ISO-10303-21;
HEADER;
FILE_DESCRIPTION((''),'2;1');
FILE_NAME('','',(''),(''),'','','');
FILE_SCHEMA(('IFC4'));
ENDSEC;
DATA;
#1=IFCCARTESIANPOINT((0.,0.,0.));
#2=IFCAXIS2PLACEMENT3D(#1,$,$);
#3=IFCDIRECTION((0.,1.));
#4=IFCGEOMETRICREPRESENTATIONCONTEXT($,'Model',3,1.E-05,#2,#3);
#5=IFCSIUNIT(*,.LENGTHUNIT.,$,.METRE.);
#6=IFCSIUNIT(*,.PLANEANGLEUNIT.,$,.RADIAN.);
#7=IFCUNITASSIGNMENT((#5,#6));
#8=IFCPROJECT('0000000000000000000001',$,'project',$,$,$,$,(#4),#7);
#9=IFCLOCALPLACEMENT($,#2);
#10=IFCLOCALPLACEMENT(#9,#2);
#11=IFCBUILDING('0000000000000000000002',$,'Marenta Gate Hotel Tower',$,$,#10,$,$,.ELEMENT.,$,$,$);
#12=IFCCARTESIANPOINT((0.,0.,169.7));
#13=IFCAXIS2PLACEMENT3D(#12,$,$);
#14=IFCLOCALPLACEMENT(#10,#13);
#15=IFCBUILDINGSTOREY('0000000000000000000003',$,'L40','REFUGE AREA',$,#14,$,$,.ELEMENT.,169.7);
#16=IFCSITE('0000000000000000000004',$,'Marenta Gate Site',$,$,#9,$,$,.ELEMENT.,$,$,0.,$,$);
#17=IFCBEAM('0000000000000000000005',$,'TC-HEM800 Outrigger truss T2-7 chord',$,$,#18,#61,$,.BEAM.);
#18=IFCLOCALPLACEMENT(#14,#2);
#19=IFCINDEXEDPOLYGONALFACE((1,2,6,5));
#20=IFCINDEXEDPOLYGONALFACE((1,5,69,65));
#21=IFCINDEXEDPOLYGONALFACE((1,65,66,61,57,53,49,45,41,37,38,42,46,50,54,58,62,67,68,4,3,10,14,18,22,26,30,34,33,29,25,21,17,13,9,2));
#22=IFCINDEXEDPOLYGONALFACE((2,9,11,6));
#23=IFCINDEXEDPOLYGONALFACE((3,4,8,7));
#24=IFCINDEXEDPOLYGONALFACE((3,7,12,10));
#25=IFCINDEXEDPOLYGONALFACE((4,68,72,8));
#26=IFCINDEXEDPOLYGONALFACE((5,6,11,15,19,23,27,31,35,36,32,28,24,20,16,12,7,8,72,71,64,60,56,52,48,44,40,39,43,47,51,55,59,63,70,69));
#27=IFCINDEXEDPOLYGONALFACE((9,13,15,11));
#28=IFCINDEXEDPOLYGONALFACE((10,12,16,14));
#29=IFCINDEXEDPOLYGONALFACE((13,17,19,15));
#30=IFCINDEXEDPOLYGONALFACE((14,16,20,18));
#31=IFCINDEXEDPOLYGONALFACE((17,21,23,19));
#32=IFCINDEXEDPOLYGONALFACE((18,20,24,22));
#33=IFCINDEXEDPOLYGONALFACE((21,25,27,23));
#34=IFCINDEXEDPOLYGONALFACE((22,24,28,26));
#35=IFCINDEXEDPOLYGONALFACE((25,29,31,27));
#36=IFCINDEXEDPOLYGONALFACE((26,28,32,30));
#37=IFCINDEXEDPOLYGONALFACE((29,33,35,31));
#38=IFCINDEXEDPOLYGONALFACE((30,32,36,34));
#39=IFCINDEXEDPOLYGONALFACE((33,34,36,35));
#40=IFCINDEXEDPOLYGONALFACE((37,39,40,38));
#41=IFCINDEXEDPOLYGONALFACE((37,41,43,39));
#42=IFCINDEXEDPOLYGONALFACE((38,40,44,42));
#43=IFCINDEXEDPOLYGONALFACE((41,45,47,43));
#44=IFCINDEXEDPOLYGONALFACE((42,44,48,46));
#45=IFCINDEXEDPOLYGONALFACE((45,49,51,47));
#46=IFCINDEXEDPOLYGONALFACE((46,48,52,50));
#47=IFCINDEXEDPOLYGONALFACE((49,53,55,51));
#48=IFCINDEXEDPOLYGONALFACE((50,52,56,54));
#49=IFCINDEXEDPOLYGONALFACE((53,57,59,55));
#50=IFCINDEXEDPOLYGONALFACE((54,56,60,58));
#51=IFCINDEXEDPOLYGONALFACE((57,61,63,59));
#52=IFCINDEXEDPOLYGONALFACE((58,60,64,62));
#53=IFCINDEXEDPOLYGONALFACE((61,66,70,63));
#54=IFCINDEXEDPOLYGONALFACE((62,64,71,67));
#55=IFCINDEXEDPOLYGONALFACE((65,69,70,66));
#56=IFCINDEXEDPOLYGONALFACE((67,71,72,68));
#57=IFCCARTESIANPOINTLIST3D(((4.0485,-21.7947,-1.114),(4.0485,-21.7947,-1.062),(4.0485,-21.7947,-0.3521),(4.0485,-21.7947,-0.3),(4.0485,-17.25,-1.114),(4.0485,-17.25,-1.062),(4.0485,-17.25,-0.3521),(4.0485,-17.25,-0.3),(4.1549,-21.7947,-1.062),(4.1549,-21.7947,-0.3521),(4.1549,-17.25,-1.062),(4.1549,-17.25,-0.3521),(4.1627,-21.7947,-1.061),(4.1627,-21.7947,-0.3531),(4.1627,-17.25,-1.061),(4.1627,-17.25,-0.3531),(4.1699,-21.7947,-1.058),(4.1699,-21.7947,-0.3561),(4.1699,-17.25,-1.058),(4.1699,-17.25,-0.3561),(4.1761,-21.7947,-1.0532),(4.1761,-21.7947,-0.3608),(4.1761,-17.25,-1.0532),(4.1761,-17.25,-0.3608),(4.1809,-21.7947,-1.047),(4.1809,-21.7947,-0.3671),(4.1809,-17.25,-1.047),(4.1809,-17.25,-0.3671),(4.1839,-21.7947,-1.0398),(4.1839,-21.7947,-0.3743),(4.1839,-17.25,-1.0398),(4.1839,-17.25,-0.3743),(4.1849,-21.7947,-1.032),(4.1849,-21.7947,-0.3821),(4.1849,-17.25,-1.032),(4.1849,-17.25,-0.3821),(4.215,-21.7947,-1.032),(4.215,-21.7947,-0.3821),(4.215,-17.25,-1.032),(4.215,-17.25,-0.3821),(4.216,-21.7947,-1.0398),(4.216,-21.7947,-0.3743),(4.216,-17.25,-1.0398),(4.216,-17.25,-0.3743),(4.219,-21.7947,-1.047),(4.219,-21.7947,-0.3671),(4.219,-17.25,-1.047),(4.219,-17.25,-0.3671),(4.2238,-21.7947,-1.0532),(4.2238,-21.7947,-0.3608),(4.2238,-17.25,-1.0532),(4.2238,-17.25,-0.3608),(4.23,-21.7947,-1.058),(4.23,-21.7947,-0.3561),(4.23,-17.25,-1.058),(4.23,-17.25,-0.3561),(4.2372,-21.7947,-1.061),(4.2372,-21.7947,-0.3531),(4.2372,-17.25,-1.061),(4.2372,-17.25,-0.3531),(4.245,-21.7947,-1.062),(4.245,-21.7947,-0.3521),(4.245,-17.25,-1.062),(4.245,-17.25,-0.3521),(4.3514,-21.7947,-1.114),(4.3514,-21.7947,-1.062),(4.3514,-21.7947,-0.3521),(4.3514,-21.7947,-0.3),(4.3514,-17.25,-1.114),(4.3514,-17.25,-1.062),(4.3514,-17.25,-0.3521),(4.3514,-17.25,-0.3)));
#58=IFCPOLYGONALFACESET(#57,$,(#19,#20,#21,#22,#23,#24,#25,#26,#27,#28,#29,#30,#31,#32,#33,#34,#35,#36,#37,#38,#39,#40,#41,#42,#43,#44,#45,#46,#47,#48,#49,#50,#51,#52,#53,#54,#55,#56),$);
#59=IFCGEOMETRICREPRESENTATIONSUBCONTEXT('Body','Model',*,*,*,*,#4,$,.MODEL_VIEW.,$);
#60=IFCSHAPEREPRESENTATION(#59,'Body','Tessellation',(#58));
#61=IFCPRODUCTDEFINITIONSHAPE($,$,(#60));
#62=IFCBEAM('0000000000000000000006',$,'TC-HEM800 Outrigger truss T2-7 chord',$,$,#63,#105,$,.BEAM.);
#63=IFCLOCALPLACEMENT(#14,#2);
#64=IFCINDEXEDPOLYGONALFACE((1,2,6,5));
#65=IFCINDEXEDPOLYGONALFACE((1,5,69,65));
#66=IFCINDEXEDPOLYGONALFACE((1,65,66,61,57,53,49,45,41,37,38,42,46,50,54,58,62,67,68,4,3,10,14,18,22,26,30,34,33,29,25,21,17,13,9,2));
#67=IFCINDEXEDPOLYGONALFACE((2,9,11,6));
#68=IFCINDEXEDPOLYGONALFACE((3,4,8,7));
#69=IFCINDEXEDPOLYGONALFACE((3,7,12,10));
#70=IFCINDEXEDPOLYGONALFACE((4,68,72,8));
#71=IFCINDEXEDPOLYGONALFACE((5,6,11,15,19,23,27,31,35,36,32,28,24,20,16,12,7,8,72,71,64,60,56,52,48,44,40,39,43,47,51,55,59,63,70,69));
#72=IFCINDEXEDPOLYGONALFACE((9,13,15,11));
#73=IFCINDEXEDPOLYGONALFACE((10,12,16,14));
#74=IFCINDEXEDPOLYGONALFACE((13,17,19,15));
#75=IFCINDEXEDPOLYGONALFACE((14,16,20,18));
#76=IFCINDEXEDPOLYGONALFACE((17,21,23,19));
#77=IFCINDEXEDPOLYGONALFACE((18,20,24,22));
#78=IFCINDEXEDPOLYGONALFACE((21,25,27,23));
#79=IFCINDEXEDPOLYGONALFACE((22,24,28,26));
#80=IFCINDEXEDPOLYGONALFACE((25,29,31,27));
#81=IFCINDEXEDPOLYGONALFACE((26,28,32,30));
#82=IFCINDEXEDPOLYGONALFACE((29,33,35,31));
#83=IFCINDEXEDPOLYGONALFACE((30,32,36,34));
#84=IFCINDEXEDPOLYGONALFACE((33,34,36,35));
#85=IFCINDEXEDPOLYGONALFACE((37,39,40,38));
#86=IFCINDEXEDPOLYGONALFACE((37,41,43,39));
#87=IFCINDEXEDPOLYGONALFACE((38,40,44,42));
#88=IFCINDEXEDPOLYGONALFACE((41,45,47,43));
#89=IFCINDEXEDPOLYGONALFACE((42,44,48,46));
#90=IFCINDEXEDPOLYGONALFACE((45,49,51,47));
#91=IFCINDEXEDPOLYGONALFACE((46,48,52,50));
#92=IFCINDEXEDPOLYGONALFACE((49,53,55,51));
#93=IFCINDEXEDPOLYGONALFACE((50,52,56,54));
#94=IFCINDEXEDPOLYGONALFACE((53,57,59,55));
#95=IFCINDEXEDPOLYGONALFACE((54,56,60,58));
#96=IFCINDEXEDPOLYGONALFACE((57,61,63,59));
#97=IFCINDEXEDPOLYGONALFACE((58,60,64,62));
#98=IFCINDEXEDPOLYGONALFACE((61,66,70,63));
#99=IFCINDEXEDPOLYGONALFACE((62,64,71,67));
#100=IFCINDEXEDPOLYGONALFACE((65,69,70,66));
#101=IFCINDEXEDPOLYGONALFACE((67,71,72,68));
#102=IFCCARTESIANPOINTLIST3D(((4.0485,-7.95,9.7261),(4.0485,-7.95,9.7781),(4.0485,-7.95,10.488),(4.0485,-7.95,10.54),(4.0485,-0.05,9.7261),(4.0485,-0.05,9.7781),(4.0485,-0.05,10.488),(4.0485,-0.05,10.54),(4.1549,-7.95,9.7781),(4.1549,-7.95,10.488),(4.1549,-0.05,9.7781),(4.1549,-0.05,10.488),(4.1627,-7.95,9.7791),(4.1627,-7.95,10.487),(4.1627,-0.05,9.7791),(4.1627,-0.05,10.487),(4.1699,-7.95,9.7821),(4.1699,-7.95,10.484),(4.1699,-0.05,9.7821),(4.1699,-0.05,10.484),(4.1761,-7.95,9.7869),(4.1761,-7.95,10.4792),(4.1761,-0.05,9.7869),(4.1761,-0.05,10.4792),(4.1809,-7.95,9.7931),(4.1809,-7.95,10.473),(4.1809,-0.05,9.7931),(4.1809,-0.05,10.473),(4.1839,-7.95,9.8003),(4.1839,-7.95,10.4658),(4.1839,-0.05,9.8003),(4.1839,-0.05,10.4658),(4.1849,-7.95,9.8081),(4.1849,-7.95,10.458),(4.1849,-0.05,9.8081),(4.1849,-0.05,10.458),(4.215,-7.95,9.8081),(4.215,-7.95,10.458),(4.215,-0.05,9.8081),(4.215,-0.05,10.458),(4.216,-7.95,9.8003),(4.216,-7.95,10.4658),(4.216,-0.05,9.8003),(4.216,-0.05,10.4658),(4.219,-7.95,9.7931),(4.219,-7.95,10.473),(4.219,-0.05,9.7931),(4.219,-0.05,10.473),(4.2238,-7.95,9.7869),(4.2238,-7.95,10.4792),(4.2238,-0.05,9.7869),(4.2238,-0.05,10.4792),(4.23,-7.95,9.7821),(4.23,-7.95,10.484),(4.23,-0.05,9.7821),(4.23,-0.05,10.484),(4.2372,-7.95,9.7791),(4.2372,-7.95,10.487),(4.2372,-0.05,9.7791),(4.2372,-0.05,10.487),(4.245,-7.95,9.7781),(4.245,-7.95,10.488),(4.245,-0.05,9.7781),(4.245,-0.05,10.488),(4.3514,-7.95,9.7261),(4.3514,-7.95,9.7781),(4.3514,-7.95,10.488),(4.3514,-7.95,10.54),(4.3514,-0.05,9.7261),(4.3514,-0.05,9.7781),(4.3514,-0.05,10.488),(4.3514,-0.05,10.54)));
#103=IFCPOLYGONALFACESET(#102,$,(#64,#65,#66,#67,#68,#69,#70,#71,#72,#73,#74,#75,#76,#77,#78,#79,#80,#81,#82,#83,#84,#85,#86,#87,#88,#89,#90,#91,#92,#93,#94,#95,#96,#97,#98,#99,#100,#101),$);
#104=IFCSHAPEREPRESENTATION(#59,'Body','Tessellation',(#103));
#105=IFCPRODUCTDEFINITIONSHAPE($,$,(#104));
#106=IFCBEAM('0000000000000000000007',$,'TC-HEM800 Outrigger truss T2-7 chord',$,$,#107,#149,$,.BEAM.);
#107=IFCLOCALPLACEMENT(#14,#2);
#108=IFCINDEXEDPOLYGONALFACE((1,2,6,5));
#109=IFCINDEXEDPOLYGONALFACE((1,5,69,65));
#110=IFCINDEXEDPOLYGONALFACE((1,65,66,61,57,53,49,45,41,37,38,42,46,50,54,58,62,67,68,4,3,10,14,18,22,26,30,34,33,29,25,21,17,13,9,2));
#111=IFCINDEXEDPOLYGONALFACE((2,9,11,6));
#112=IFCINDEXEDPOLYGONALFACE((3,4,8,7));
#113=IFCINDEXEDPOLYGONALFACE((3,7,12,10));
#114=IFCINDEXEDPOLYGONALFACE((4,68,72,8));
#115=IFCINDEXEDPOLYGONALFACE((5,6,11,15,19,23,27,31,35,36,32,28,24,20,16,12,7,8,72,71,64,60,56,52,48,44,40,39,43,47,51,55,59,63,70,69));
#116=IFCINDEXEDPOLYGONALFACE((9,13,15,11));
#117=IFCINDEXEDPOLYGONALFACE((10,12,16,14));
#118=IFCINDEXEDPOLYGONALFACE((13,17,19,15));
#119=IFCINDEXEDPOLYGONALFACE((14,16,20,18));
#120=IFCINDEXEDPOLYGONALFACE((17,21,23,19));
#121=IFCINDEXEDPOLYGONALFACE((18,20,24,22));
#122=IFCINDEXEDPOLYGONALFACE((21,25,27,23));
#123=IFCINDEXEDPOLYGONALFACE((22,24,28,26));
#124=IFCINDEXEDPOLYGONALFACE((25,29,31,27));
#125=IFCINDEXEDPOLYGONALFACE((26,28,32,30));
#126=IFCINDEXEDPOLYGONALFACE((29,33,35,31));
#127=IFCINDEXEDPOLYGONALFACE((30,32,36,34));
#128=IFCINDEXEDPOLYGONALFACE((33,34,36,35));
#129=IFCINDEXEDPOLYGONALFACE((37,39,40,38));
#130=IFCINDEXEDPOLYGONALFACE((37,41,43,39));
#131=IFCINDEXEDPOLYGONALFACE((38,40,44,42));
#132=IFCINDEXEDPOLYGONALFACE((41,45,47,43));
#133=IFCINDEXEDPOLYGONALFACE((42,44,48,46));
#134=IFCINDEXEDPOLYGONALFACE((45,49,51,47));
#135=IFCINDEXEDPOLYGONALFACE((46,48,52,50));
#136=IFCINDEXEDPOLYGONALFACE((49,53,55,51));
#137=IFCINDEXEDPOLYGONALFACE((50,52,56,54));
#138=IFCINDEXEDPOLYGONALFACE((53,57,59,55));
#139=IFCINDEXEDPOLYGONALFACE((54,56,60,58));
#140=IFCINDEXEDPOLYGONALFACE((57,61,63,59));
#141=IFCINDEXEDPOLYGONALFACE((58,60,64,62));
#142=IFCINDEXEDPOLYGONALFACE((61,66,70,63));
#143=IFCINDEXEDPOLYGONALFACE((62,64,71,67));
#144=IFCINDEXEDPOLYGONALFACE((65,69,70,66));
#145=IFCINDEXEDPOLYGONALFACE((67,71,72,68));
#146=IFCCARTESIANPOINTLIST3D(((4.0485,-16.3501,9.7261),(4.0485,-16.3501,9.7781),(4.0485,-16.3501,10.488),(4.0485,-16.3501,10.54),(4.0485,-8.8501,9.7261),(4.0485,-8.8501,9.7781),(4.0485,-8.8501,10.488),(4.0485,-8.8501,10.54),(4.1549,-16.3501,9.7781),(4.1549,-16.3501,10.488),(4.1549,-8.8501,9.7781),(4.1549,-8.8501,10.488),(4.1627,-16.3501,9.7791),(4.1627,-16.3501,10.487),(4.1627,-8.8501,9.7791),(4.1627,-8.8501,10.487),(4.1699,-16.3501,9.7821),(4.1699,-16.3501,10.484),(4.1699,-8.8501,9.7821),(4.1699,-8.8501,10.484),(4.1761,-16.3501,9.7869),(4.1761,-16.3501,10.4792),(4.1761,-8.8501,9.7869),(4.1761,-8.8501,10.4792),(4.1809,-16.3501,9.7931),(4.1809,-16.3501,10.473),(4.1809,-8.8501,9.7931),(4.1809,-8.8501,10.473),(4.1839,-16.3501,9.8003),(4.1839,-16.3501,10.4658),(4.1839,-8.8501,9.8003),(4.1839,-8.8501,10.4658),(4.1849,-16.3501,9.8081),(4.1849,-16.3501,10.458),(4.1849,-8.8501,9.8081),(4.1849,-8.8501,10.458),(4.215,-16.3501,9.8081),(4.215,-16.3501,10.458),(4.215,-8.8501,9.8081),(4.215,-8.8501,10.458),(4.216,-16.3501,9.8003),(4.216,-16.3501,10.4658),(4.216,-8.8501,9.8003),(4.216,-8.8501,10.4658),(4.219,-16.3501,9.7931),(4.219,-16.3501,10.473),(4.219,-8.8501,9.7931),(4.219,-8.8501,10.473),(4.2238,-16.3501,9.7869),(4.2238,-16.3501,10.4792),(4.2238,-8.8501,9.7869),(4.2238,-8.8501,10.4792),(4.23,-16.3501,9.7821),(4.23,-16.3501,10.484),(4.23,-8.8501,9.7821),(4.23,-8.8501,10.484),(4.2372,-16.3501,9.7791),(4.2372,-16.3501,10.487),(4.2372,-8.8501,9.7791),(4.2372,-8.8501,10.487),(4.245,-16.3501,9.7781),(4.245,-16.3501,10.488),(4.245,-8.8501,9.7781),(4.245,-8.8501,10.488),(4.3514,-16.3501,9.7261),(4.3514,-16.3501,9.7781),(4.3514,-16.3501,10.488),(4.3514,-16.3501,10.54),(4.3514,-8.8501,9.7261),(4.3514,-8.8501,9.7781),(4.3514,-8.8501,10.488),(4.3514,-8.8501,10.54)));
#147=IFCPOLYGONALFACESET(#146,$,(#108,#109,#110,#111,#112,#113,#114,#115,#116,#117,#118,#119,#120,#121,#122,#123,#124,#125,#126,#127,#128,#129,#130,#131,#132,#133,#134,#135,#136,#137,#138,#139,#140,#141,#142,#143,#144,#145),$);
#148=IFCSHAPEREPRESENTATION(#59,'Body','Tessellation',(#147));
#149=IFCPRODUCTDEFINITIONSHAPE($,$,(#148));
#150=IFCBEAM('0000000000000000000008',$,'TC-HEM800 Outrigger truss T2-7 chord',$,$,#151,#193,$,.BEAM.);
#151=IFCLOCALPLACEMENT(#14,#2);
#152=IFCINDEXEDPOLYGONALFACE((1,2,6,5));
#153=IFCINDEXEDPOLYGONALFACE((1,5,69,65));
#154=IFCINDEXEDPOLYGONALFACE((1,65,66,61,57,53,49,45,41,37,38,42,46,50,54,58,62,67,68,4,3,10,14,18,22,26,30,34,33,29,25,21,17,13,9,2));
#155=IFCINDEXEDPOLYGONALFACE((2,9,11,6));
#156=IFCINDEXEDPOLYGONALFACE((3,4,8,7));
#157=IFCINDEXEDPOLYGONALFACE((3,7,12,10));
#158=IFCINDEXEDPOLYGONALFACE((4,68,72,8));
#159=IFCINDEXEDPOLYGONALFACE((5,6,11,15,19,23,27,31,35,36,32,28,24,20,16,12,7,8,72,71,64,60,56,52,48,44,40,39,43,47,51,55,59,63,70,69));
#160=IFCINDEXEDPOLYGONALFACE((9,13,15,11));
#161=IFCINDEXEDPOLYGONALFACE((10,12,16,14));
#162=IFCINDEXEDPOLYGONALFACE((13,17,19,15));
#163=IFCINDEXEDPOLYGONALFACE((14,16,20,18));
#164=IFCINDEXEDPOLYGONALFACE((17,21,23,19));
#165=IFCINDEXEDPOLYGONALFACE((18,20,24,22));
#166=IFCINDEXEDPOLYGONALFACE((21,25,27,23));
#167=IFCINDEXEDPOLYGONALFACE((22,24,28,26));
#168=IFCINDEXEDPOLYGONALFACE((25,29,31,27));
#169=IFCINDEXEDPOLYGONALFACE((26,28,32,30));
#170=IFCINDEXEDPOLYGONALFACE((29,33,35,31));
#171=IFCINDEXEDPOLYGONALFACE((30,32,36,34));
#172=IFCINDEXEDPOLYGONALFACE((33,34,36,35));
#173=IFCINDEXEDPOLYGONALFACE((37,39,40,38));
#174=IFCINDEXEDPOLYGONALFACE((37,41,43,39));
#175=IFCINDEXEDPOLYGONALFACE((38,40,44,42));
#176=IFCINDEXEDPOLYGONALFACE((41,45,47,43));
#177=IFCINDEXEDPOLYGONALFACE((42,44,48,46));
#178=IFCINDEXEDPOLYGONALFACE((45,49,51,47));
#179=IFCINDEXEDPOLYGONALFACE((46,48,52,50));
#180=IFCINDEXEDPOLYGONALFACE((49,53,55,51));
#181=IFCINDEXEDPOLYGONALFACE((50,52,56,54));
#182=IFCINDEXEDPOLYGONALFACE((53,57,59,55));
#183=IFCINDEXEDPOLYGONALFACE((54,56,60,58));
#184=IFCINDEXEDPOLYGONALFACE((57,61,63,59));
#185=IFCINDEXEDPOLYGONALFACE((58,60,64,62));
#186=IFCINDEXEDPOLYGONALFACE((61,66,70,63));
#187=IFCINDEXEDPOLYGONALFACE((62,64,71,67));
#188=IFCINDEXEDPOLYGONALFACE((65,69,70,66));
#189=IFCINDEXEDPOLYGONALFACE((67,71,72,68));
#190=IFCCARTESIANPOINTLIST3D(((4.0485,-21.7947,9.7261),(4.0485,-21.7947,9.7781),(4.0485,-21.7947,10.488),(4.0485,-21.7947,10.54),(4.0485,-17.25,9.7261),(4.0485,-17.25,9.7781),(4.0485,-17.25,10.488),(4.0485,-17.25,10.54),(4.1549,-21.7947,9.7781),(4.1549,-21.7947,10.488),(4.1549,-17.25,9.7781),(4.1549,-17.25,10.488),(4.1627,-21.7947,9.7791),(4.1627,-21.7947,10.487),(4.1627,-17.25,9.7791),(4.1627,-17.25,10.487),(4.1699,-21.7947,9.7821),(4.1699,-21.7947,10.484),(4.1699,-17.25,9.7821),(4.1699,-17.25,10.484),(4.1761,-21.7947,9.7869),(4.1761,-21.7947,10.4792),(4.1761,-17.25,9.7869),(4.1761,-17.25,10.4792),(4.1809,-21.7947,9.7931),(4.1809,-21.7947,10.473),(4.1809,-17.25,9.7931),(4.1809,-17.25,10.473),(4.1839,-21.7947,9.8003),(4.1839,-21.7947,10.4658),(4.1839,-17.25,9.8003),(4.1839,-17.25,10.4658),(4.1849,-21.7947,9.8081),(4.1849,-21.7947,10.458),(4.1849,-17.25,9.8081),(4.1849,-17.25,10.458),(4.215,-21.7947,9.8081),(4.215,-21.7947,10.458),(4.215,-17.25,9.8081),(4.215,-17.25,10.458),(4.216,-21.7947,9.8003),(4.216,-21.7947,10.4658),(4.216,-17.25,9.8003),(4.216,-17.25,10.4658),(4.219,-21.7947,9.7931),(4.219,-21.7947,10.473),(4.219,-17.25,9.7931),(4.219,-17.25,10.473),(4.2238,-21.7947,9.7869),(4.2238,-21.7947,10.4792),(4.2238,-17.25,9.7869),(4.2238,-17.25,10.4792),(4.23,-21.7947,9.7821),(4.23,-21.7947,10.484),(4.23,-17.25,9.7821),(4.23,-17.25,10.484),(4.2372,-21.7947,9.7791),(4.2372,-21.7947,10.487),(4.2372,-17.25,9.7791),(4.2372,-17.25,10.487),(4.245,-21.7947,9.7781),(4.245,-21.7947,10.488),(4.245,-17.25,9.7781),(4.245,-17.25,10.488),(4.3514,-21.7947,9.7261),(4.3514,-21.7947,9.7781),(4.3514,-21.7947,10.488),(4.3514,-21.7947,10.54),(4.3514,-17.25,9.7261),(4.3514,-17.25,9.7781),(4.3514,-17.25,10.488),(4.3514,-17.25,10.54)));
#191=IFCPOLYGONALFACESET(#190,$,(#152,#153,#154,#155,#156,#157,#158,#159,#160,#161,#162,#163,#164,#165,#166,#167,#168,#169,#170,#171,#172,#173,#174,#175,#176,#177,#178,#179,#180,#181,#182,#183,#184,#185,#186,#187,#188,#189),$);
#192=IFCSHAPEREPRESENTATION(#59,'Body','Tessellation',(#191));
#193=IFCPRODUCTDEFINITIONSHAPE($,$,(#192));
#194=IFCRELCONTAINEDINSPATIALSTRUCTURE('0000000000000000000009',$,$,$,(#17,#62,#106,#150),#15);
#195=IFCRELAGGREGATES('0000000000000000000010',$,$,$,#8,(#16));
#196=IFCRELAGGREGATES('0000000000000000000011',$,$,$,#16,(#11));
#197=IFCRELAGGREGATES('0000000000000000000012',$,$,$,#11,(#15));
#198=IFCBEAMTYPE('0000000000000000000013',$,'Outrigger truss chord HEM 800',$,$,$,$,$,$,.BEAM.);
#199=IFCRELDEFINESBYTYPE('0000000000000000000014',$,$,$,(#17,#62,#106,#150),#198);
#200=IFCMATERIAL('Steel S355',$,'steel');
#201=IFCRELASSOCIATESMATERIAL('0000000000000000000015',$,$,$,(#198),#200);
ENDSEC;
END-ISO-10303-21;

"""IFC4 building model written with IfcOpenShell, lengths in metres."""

from ifc_helpers import new_model, si_unit, direction, frame, origin, origin_2d, place, context, subcontext, project, spatial, i_section, extrude, material, material_profile, profile_set, type_object, element, save


model = new_model("IFC4")

# Units and contexts
model_context = context("Model", 3, precision=1e-05, world=origin(), true_north=direction((0.0, 1.0)))
body_context = subcontext(model_context, "Body", "Model", "MODEL_VIEW")
ifc_project = project(units=[si_unit("LENGTHUNIT", "METRE"), si_unit("PLANEANGLEUNIT", "RADIAN")], contexts=[model_context])

# Site, building, storey
site_placement = place(None, origin())
site = spatial("IfcSite", under=ifc_project, at=site_placement, Name="Marenta Gate Site", CompositionType="ELEMENT", RefElevation=0.0)
building_placement = place(site_placement, origin())
building = spatial("IfcBuilding", under=site, at=building_placement, Name="Marenta Gate Hotel Tower", CompositionType="ELEMENT")
storey_placement = place(building_placement, frame((0.0, 0.0, 169.7)))
storey = spatial("IfcBuildingStorey", under=building, at=storey_placement, Name="L40", Description="REFUGE AREA", CompositionType="ELEMENT", Elevation=169.7)

# Beams
ifc_material_1 = material(Name="Steel S355", Category="steel")
ifc_material_profile_1 = material_profile(ifc_material_1, i_section(OverallWidth=0.303, OverallDepth=0.814, WebThickness=0.03, FlangeThickness=0.052, FilletRadius=0.03, at=origin_2d()), Name="HEM 800")
ifc_profile_set_1 = profile_set([ifc_material_profile_1], Name="Steel S355")
beam_type_1 = type_object("IfcBeamType", Name="Outrigger truss chord HEM 800", PredefinedType="BEAM", material=ifc_profile_set_1)
beam_1_placement = place(storey_placement, frame((4.2, -17.25, -0.707), z_axis=(0.0, -1.0, 0.0), x_axis=(1.0, 0.0, 0.0)))
element("IfcBeam", 1, at=beam_1_placement, inside=storey, type_object=beam_type_1, Name="TC-HEM800 Outrigger truss T2-7 chord", PredefinedType="BEAM", context=body_context, shape_type="SweptSolid", body=[
    extrude(i_section(OverallWidth=0.303, OverallDepth=0.814, WebThickness=0.03, FlangeThickness=0.052, FilletRadius=0.03, at=origin_2d()), origin(), (0.0, 0.0, 1.0), 4.5447),
])
beam_2_placement = place(storey_placement, frame((4.2, -0.05, 10.1331), z_axis=(0.0, -1.0, 0.0), x_axis=(1.0, 0.0, 0.0)))
element("IfcBeam", 2, at=beam_2_placement, inside=storey, type_object=beam_type_1, Name="TC-HEM800 Outrigger truss T2-7 chord", PredefinedType="BEAM", context=body_context, shape_type="SweptSolid", body=[
    extrude(i_section(OverallWidth=0.303, OverallDepth=0.814, WebThickness=0.03, FlangeThickness=0.052, FilletRadius=0.03, at=origin_2d()), origin(), (0.0, 0.0, 1.0), 7.8999),
])
beam_3_placement = place(storey_placement, frame((4.2, -8.8501, 10.1331), z_axis=(0.0, -1.0, 0.0), x_axis=(1.0, 0.0, 0.0)))
element("IfcBeam", 3, at=beam_3_placement, inside=storey, type_object=beam_type_1, Name="TC-HEM800 Outrigger truss T2-7 chord", PredefinedType="BEAM", context=body_context, shape_type="SweptSolid", body=[
    extrude(i_section(OverallWidth=0.303, OverallDepth=0.814, WebThickness=0.03, FlangeThickness=0.052, FilletRadius=0.03, at=origin_2d()), origin(), (0.0, 0.0, 1.0), 7.5),
])
beam_4_placement = place(storey_placement, frame((4.2, -17.25, 10.1331), z_axis=(0.0, -1.0, 0.0), x_axis=(1.0, 0.0, 0.0)))
element("IfcBeam", 4, at=beam_4_placement, inside=storey, type_object=beam_type_1, Name="TC-HEM800 Outrigger truss T2-7 chord", PredefinedType="BEAM", context=body_context, shape_type="SweptSolid", body=[
    extrude(i_section(OverallWidth=0.303, OverallDepth=0.814, WebThickness=0.03, FlangeThickness=0.052, FilletRadius=0.03, at=origin_2d()), origin(), (0.0, 0.0, 1.0), 4.5447),
])

save(model, "model.ifc")
